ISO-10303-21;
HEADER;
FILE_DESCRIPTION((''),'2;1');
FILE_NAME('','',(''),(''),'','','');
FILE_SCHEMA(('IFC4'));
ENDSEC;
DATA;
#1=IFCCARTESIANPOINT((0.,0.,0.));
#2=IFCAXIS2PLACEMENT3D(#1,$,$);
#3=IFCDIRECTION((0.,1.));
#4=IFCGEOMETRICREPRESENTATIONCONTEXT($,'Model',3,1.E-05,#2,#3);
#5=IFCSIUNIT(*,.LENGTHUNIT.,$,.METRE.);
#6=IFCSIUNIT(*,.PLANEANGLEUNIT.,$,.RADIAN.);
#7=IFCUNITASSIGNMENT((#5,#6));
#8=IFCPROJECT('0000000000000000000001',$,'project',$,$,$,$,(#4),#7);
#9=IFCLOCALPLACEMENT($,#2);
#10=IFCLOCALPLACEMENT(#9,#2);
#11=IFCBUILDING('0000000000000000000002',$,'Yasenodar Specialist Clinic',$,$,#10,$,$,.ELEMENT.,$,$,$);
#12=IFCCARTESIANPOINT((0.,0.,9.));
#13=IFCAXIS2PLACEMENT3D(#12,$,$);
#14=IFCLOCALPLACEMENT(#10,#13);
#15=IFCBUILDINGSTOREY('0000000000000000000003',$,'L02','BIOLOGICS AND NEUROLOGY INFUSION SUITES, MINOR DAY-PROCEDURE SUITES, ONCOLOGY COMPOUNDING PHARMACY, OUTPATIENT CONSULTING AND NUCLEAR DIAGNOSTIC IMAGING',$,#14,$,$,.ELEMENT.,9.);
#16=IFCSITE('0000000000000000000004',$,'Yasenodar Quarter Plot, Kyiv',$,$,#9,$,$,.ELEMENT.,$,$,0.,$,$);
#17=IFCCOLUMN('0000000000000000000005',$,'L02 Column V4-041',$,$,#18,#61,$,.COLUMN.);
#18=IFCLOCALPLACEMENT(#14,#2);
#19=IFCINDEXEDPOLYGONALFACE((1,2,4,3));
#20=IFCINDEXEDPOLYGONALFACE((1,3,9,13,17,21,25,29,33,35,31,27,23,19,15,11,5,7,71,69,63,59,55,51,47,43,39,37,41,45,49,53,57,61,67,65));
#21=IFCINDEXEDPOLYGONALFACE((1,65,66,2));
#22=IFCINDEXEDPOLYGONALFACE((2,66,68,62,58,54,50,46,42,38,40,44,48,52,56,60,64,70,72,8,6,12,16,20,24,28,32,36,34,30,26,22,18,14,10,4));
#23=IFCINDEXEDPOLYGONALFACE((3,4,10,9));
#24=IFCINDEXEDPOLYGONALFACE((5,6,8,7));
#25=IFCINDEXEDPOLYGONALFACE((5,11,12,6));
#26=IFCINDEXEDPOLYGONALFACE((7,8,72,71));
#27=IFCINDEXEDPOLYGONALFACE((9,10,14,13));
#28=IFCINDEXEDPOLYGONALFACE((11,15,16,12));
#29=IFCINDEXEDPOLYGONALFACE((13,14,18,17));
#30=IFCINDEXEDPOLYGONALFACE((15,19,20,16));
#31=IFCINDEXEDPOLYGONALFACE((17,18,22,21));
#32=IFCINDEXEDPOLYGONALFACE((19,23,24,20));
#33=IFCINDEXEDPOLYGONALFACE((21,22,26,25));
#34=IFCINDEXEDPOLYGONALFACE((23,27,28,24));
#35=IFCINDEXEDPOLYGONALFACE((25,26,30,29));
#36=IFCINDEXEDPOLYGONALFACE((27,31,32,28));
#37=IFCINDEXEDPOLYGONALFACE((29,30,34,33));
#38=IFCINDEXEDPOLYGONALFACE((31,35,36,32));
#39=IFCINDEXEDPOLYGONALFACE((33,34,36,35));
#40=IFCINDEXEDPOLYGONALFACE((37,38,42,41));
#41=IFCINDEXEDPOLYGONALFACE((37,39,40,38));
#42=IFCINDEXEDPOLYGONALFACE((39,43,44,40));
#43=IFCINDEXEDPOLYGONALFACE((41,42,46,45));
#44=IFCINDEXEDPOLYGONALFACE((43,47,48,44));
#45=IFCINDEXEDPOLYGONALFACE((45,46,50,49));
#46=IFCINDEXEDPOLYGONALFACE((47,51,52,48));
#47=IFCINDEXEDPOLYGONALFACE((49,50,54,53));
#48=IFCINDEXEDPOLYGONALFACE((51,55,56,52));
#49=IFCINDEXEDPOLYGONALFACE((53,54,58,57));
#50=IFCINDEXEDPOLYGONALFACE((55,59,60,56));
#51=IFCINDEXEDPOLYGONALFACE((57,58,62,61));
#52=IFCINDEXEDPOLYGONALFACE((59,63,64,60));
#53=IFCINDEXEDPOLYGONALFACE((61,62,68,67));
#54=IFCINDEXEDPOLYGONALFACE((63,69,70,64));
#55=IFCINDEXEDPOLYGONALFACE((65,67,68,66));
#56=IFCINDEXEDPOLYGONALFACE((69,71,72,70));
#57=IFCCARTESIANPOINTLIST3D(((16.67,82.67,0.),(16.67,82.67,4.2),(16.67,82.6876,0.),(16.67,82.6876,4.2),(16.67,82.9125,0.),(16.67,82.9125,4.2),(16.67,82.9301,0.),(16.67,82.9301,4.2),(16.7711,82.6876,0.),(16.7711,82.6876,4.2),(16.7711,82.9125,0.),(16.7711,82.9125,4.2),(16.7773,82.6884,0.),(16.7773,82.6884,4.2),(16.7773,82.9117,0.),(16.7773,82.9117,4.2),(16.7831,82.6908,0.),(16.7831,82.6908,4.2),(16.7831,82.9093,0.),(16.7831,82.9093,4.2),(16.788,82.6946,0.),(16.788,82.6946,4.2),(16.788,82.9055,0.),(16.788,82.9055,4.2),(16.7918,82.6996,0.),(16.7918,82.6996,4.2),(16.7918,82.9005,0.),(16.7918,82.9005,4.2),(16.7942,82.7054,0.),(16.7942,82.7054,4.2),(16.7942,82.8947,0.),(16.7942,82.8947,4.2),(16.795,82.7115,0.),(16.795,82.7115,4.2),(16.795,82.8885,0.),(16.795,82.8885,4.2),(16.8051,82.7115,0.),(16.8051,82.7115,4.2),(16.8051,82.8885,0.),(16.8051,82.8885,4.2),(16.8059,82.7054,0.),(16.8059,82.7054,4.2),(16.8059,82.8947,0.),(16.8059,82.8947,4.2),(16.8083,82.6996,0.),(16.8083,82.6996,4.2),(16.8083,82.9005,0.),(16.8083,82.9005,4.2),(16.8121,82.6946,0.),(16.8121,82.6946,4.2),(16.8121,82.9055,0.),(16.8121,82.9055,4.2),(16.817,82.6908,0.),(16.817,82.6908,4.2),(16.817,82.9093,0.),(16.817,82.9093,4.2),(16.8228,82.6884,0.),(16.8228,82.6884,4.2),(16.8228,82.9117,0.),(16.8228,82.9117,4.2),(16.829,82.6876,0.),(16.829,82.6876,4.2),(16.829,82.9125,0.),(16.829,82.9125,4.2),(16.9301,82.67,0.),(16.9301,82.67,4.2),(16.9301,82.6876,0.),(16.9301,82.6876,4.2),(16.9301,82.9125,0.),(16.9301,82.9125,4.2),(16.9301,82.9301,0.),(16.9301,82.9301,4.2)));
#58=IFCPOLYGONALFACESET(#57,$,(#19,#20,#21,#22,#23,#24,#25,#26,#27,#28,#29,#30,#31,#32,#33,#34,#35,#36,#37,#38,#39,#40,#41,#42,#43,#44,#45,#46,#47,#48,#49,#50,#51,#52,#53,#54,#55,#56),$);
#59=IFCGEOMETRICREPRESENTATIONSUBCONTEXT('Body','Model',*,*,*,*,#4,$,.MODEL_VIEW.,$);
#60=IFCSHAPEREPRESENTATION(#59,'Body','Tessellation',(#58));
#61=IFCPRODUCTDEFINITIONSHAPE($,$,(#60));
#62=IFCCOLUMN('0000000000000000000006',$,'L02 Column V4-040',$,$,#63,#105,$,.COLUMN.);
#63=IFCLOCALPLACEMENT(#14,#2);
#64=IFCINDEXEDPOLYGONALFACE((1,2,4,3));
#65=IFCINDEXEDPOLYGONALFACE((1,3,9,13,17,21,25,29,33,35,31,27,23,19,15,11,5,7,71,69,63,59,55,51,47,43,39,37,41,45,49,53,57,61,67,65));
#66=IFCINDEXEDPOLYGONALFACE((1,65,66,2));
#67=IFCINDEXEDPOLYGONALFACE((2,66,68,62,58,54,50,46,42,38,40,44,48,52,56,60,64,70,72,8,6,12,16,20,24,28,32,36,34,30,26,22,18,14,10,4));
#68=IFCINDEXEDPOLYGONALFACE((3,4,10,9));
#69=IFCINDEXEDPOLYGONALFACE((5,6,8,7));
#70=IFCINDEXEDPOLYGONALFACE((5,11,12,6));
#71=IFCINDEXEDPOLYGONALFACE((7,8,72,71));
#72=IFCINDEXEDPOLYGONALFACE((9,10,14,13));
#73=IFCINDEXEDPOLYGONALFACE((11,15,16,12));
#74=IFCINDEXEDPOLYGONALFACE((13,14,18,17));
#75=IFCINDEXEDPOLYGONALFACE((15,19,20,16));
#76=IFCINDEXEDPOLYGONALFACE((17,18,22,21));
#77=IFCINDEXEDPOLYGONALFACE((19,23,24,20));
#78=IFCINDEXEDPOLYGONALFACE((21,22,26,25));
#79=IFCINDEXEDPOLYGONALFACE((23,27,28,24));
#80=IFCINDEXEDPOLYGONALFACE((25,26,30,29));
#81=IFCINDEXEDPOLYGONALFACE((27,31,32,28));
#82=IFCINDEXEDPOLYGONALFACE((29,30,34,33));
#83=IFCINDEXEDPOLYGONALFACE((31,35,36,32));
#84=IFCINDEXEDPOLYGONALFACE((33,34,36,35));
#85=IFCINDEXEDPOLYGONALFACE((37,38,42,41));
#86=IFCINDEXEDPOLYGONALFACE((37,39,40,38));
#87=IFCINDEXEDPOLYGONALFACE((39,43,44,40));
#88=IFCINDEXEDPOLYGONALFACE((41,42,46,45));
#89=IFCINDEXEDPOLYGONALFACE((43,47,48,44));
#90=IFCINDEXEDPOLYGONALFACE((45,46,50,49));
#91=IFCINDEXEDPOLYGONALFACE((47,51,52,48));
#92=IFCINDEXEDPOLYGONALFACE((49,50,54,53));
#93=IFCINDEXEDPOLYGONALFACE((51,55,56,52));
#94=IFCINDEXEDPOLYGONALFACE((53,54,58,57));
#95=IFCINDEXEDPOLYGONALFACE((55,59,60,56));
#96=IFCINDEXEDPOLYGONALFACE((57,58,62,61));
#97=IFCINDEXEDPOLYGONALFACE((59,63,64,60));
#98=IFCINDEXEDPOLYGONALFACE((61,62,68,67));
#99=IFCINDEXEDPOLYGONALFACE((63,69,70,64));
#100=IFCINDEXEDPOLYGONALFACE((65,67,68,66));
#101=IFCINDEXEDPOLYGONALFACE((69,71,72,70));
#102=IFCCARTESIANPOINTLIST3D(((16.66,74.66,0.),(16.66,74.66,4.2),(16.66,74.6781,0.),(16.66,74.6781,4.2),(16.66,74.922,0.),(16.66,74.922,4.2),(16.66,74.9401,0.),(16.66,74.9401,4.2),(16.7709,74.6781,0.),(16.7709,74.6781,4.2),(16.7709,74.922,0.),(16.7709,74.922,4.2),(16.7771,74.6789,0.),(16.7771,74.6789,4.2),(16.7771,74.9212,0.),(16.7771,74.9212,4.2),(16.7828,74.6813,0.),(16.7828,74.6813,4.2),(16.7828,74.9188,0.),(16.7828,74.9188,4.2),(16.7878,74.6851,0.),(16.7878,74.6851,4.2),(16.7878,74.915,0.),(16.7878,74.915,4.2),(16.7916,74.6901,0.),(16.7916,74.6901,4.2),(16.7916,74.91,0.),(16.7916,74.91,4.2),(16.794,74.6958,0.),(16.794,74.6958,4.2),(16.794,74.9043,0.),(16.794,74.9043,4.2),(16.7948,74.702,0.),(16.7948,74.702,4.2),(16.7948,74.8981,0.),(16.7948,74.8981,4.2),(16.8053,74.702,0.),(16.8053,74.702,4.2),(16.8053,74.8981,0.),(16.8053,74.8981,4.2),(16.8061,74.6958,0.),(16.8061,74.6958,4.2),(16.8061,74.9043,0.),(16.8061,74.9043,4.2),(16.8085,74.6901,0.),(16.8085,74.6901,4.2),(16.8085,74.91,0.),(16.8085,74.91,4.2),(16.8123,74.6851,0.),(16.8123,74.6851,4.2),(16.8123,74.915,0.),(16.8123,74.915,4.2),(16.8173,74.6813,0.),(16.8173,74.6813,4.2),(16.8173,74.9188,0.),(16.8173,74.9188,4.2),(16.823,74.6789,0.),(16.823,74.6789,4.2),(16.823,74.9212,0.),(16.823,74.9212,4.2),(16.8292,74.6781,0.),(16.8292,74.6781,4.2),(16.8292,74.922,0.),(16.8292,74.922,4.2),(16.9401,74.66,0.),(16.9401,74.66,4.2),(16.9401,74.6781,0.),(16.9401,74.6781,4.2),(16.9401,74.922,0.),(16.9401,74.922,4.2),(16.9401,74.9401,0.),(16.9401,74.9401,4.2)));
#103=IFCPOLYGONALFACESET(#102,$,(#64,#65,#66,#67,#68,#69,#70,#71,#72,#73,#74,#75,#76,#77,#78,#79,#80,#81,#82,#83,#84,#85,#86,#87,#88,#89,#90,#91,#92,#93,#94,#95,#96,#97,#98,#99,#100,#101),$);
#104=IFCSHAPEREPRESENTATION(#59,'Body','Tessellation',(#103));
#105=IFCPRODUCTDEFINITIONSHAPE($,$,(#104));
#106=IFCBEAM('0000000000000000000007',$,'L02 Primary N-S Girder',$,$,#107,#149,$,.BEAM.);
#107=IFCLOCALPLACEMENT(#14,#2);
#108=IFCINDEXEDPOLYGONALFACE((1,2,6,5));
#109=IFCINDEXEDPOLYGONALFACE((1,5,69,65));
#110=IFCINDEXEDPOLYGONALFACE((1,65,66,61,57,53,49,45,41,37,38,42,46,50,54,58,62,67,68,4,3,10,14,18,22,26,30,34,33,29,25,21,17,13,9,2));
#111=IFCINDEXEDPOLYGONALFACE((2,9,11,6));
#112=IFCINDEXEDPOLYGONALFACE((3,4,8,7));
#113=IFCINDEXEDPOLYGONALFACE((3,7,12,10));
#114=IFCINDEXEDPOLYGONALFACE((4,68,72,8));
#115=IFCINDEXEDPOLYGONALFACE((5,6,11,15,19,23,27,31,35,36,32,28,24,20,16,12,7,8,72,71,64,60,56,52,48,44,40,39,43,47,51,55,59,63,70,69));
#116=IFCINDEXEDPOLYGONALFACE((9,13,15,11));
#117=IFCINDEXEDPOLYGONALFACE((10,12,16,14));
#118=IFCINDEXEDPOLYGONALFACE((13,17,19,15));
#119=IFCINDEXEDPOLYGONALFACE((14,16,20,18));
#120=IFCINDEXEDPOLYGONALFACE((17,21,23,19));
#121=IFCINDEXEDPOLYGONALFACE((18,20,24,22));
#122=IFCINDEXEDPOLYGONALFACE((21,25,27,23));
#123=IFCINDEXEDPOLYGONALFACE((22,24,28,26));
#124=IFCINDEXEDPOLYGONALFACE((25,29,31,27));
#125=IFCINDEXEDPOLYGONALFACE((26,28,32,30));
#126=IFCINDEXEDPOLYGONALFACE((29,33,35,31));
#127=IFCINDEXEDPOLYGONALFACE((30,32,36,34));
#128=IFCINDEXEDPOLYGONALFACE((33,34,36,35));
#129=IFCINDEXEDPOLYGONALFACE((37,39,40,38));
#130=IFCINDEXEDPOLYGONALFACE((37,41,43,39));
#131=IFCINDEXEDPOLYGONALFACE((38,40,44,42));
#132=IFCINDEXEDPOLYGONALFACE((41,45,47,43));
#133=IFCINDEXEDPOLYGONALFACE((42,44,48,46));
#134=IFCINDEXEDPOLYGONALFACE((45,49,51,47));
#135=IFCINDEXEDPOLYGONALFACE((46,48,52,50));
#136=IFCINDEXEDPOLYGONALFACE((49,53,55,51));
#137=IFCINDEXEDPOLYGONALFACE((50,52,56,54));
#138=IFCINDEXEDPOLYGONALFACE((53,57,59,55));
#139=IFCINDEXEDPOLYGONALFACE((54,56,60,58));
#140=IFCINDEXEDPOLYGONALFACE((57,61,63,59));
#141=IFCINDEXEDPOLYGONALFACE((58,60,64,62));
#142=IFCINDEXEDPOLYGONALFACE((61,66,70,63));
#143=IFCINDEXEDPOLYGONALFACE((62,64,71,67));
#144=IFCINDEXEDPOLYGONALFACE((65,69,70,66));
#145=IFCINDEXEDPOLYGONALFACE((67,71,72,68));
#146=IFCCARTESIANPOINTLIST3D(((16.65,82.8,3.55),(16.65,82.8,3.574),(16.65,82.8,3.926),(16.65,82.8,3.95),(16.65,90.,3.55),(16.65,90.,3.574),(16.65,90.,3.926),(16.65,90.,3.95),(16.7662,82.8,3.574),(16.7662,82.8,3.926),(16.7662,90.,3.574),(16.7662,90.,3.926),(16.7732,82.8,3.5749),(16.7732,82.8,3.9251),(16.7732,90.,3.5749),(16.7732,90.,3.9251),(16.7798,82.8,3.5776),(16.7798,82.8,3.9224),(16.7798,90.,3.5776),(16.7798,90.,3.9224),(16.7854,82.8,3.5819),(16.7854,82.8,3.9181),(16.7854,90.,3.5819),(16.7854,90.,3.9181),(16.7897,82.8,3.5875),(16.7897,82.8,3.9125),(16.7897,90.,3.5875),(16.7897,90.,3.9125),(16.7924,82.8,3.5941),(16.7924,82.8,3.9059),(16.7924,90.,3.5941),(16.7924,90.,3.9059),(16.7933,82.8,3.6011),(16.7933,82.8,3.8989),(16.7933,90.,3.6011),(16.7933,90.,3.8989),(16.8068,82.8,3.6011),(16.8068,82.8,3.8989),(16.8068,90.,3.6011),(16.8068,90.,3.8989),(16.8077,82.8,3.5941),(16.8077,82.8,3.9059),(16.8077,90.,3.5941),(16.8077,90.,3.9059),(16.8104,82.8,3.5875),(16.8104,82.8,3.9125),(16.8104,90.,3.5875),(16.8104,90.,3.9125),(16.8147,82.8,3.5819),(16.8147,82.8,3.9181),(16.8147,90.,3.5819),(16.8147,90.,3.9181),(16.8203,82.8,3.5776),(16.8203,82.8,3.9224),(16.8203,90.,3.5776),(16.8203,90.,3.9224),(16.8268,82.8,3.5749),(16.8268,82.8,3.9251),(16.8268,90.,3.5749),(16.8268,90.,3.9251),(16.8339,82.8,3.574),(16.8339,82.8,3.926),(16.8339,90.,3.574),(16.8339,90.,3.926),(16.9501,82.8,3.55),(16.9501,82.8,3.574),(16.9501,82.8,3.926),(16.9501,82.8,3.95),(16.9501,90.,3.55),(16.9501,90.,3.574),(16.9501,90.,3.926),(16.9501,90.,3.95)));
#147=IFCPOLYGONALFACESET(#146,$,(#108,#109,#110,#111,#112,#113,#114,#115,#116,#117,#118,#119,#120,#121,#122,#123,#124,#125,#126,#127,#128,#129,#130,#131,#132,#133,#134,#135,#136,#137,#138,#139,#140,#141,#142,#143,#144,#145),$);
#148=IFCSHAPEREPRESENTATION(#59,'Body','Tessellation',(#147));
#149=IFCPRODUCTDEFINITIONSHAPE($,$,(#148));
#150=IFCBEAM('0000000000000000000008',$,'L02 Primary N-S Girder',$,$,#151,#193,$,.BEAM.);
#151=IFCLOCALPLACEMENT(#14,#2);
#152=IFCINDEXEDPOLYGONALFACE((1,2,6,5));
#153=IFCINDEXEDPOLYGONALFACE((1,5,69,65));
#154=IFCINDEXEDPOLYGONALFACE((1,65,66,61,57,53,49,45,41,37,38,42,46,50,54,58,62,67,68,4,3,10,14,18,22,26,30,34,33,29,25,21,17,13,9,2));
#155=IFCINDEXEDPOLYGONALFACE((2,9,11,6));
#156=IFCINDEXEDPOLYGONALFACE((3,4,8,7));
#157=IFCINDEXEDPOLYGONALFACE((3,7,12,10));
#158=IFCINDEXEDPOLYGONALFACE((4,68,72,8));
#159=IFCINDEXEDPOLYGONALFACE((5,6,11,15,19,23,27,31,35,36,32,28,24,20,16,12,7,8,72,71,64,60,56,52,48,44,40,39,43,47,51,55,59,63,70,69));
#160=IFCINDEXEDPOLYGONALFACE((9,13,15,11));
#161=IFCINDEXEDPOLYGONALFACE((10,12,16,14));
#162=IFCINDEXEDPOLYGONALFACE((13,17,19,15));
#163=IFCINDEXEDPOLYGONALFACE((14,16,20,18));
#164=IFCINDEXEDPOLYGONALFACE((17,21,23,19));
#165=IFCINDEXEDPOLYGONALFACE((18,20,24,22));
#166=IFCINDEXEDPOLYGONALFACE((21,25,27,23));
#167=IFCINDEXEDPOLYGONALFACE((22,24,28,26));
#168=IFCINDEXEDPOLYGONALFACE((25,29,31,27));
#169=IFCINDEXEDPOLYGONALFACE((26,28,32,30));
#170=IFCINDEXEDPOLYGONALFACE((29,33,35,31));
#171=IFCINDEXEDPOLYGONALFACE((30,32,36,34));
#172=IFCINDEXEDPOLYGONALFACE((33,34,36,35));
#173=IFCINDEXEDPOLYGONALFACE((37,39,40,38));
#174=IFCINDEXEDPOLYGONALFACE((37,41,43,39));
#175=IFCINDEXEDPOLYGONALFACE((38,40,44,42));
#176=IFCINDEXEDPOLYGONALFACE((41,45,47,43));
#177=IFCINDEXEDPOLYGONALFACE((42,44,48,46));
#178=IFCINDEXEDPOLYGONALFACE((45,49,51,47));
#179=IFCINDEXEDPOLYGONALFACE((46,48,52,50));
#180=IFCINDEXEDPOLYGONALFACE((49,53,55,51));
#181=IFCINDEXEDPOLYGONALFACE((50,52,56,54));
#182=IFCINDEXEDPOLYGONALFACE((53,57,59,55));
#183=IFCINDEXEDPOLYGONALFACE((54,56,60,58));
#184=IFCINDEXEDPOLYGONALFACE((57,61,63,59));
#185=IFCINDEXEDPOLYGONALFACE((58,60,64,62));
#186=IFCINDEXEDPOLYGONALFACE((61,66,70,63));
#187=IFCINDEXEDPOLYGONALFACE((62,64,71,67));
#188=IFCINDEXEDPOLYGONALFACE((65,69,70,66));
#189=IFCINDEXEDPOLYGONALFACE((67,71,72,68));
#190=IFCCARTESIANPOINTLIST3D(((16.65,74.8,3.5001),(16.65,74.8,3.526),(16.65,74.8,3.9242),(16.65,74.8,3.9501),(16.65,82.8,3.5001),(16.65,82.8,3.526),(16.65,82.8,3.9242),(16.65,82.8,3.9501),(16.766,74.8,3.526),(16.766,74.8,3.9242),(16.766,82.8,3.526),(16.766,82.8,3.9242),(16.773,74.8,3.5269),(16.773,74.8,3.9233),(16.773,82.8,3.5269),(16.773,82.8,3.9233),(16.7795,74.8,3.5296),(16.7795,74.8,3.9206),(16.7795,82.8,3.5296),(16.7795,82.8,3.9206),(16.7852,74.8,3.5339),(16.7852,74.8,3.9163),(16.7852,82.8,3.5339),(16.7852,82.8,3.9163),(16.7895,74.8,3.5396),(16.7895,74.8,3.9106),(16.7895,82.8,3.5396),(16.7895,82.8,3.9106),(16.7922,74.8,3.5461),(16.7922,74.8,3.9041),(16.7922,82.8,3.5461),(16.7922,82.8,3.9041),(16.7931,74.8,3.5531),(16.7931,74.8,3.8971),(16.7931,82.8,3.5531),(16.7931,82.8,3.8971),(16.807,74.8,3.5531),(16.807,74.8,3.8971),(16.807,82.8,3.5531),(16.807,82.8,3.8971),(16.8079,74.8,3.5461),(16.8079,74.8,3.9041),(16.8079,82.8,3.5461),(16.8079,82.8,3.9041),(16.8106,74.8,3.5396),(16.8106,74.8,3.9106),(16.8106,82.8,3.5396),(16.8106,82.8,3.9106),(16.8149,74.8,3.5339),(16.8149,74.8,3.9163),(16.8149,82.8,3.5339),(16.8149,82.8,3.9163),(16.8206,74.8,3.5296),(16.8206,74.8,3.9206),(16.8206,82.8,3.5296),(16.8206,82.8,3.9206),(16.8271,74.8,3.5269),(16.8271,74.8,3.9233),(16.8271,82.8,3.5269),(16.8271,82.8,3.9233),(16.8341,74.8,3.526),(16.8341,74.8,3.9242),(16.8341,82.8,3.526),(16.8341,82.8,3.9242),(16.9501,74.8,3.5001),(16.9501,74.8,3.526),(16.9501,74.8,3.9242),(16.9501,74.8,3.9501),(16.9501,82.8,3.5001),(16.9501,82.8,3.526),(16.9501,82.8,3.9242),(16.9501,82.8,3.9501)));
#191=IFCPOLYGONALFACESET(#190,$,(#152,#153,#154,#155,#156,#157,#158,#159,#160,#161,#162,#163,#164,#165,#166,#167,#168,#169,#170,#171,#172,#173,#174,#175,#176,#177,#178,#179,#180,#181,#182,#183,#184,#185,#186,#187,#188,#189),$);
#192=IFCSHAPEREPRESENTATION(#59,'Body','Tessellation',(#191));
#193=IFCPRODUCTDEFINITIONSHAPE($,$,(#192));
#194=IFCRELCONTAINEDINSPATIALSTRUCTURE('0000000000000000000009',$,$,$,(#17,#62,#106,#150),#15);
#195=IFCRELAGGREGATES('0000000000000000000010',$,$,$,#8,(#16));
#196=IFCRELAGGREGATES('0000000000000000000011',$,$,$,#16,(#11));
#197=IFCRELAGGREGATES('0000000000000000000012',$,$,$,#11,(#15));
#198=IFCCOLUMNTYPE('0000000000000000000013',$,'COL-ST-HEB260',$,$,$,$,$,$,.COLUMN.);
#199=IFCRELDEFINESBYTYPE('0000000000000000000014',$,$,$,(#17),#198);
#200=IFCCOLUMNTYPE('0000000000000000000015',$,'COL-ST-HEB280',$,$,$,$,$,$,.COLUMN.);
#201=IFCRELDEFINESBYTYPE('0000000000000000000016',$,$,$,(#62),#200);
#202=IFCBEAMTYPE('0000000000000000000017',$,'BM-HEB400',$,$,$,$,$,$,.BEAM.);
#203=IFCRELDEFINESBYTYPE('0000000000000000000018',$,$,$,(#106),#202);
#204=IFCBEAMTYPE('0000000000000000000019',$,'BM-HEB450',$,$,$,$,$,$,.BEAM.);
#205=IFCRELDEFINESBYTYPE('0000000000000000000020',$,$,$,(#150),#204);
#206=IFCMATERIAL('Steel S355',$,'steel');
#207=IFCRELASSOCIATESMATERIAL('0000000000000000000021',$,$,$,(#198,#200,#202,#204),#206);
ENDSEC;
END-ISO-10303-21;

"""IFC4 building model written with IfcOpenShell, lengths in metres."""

from ifc_helpers import new_model, si_unit, direction, frame, origin, origin_2d, place, context, subcontext, project, spatial, i_section, extrude, material, material_profile, profile_set, type_object, element, save


model = new_model("IFC4")

# Units and contexts
model_context = context("Model", 3, precision=1e-05, world=origin(), true_north=direction((0.0, 1.0)))
body_context = subcontext(model_context, "Body", "Model", "MODEL_VIEW")
ifc_project = project(units=[si_unit("LENGTHUNIT", "METRE"), si_unit("PLANEANGLEUNIT", "RADIAN")], contexts=[model_context])

# Site, building, storey
site_placement = place(None, origin())
site = spatial("IfcSite", under=ifc_project, at=site_placement, Name="Yasenodar Quarter Plot, Kyiv", CompositionType="ELEMENT", RefElevation=0.0)
building_placement = place(site_placement, origin())
building = spatial("IfcBuilding", under=site, at=building_placement, Name="Yasenodar Specialist Clinic", CompositionType="ELEMENT")
storey_placement = place(building_placement, frame((0.0, 0.0, 9.0)))
storey = spatial("IfcBuildingStorey", under=building, at=storey_placement, Name="L02", Description="BIOLOGICS AND NEUROLOGY INFUSION SUITES, MINOR DAY-PROCEDURE SUITES, ONCOLOGY COMPOUNDING PHARMACY, OUTPATIENT CONSULTING AND NUCLEAR DIAGNOSTIC IMAGING", CompositionType="ELEMENT", Elevation=9.0)

# Columns
ifc_material_1 = material(Name="Steel S355", Category="steel")
ifc_material_profile_1 = material_profile(ifc_material_1, i_section(OverallWidth=0.26, OverallDepth=0.26, WebThickness=0.01, FlangeThickness=0.0176, FilletRadius=0.0239, at=origin_2d()), Name="HEB 260")
ifc_profile_set_1 = profile_set([ifc_material_profile_1], Name="Steel S355")
column_type_1 = type_object("IfcColumnType", Name="COL-ST-HEB260", PredefinedType="COLUMN", material=ifc_profile_set_1)
column_1_placement = place(storey_placement, frame((16.8, 82.8, 0.0), z_axis=(0.0, 0.0, 1.0), x_axis=(1.0, 0.0, 0.0)))
element("IfcColumn", 1, at=column_1_placement, inside=storey, type_object=column_type_1, Name="L02 Column V4-041", PredefinedType="COLUMN", context=body_context, shape_type="SweptSolid", body=[
    extrude(i_section(OverallWidth=0.26, OverallDepth=0.26, WebThickness=0.01, FlangeThickness=0.0176, FilletRadius=0.0239, at=origin_2d()), origin(), (0.0, 0.0, 1.0), 4.2),
])
ifc_material_profile_2 = material_profile(ifc_material_1, i_section(OverallWidth=0.28, OverallDepth=0.28, WebThickness=0.0105, FlangeThickness=0.0181, FilletRadius=0.0239, at=origin_2d()), Name="HEB 280")
ifc_profile_set_2 = profile_set([ifc_material_profile_2], Name="Steel S355")
column_type_2 = type_object("IfcColumnType", Name="COL-ST-HEB280", PredefinedType="COLUMN", material=ifc_profile_set_2)
column_2_placement = place(storey_placement, frame((16.8, 74.8, 0.0), z_axis=(0.0, 0.0, 1.0), x_axis=(1.0, 0.0, 0.0)))
element("IfcColumn", 2, at=column_2_placement, inside=storey, type_object=column_type_2, Name="L02 Column V4-040", PredefinedType="COLUMN", context=body_context, shape_type="SweptSolid", body=[
    extrude(i_section(OverallWidth=0.28, OverallDepth=0.28, WebThickness=0.0105, FlangeThickness=0.0181, FilletRadius=0.0239, at=origin_2d()), origin(), (0.0, 0.0, 1.0), 4.2),
])

# Beams
ifc_material_profile_3 = material_profile(ifc_material_1, i_section(OverallWidth=0.3, OverallDepth=0.3999, WebThickness=0.0134, FlangeThickness=0.0239, FilletRadius=0.0271, at=origin_2d()), Name="HEB 400")
ifc_profile_set_3 = profile_set([ifc_material_profile_3], Name="Steel S355")
beam_type_1 = type_object("IfcBeamType", Name="BM-HEB400", PredefinedType="BEAM", material=ifc_profile_set_3)
beam_1_placement = place(storey_placement, frame((16.8, 82.8, 3.75), z_axis=(0.0, 1.0, 0.0), x_axis=(-1.0, 0.0, 0.0)))
element("IfcBeam", 3, at=beam_1_placement, inside=storey, type_object=beam_type_1, Name="L02 Primary N-S Girder", PredefinedType="BEAM", context=body_context, shape_type="SweptSolid", body=[
    extrude(i_section(OverallWidth=0.3, OverallDepth=0.3999, WebThickness=0.0134, FlangeThickness=0.0239, FilletRadius=0.0271, at=origin_2d()), origin(), (0.0, 0.0, 1.0), 7.2),
])
ifc_material_profile_4 = material_profile(ifc_material_1, i_section(OverallWidth=0.3, OverallDepth=0.45, WebThickness=0.0139, FlangeThickness=0.0259, FilletRadius=0.0271, at=origin_2d()), Name="HEB 450")
ifc_profile_set_4 = profile_set([ifc_material_profile_4], Name="Steel S355")
beam_type_2 = type_object("IfcBeamType", Name="BM-HEB450", PredefinedType="BEAM", material=ifc_profile_set_4)
beam_2_placement = place(storey_placement, frame((16.8, 74.8, 3.7251), z_axis=(0.0, 1.0, 0.0), x_axis=(-1.0, 0.0, 0.0)))
element("IfcBeam", 4, at=beam_2_placement, inside=storey, type_object=beam_type_2, Name="L02 Primary N-S Girder", PredefinedType="BEAM", context=body_context, shape_type="SweptSolid", body=[
    extrude(i_section(OverallWidth=0.3, OverallDepth=0.45, WebThickness=0.0139, FlangeThickness=0.0259, FilletRadius=0.0271, at=origin_2d()), origin(), (0.0, 0.0, 1.0), 8.0),
])

save(model, "model.ifc")
